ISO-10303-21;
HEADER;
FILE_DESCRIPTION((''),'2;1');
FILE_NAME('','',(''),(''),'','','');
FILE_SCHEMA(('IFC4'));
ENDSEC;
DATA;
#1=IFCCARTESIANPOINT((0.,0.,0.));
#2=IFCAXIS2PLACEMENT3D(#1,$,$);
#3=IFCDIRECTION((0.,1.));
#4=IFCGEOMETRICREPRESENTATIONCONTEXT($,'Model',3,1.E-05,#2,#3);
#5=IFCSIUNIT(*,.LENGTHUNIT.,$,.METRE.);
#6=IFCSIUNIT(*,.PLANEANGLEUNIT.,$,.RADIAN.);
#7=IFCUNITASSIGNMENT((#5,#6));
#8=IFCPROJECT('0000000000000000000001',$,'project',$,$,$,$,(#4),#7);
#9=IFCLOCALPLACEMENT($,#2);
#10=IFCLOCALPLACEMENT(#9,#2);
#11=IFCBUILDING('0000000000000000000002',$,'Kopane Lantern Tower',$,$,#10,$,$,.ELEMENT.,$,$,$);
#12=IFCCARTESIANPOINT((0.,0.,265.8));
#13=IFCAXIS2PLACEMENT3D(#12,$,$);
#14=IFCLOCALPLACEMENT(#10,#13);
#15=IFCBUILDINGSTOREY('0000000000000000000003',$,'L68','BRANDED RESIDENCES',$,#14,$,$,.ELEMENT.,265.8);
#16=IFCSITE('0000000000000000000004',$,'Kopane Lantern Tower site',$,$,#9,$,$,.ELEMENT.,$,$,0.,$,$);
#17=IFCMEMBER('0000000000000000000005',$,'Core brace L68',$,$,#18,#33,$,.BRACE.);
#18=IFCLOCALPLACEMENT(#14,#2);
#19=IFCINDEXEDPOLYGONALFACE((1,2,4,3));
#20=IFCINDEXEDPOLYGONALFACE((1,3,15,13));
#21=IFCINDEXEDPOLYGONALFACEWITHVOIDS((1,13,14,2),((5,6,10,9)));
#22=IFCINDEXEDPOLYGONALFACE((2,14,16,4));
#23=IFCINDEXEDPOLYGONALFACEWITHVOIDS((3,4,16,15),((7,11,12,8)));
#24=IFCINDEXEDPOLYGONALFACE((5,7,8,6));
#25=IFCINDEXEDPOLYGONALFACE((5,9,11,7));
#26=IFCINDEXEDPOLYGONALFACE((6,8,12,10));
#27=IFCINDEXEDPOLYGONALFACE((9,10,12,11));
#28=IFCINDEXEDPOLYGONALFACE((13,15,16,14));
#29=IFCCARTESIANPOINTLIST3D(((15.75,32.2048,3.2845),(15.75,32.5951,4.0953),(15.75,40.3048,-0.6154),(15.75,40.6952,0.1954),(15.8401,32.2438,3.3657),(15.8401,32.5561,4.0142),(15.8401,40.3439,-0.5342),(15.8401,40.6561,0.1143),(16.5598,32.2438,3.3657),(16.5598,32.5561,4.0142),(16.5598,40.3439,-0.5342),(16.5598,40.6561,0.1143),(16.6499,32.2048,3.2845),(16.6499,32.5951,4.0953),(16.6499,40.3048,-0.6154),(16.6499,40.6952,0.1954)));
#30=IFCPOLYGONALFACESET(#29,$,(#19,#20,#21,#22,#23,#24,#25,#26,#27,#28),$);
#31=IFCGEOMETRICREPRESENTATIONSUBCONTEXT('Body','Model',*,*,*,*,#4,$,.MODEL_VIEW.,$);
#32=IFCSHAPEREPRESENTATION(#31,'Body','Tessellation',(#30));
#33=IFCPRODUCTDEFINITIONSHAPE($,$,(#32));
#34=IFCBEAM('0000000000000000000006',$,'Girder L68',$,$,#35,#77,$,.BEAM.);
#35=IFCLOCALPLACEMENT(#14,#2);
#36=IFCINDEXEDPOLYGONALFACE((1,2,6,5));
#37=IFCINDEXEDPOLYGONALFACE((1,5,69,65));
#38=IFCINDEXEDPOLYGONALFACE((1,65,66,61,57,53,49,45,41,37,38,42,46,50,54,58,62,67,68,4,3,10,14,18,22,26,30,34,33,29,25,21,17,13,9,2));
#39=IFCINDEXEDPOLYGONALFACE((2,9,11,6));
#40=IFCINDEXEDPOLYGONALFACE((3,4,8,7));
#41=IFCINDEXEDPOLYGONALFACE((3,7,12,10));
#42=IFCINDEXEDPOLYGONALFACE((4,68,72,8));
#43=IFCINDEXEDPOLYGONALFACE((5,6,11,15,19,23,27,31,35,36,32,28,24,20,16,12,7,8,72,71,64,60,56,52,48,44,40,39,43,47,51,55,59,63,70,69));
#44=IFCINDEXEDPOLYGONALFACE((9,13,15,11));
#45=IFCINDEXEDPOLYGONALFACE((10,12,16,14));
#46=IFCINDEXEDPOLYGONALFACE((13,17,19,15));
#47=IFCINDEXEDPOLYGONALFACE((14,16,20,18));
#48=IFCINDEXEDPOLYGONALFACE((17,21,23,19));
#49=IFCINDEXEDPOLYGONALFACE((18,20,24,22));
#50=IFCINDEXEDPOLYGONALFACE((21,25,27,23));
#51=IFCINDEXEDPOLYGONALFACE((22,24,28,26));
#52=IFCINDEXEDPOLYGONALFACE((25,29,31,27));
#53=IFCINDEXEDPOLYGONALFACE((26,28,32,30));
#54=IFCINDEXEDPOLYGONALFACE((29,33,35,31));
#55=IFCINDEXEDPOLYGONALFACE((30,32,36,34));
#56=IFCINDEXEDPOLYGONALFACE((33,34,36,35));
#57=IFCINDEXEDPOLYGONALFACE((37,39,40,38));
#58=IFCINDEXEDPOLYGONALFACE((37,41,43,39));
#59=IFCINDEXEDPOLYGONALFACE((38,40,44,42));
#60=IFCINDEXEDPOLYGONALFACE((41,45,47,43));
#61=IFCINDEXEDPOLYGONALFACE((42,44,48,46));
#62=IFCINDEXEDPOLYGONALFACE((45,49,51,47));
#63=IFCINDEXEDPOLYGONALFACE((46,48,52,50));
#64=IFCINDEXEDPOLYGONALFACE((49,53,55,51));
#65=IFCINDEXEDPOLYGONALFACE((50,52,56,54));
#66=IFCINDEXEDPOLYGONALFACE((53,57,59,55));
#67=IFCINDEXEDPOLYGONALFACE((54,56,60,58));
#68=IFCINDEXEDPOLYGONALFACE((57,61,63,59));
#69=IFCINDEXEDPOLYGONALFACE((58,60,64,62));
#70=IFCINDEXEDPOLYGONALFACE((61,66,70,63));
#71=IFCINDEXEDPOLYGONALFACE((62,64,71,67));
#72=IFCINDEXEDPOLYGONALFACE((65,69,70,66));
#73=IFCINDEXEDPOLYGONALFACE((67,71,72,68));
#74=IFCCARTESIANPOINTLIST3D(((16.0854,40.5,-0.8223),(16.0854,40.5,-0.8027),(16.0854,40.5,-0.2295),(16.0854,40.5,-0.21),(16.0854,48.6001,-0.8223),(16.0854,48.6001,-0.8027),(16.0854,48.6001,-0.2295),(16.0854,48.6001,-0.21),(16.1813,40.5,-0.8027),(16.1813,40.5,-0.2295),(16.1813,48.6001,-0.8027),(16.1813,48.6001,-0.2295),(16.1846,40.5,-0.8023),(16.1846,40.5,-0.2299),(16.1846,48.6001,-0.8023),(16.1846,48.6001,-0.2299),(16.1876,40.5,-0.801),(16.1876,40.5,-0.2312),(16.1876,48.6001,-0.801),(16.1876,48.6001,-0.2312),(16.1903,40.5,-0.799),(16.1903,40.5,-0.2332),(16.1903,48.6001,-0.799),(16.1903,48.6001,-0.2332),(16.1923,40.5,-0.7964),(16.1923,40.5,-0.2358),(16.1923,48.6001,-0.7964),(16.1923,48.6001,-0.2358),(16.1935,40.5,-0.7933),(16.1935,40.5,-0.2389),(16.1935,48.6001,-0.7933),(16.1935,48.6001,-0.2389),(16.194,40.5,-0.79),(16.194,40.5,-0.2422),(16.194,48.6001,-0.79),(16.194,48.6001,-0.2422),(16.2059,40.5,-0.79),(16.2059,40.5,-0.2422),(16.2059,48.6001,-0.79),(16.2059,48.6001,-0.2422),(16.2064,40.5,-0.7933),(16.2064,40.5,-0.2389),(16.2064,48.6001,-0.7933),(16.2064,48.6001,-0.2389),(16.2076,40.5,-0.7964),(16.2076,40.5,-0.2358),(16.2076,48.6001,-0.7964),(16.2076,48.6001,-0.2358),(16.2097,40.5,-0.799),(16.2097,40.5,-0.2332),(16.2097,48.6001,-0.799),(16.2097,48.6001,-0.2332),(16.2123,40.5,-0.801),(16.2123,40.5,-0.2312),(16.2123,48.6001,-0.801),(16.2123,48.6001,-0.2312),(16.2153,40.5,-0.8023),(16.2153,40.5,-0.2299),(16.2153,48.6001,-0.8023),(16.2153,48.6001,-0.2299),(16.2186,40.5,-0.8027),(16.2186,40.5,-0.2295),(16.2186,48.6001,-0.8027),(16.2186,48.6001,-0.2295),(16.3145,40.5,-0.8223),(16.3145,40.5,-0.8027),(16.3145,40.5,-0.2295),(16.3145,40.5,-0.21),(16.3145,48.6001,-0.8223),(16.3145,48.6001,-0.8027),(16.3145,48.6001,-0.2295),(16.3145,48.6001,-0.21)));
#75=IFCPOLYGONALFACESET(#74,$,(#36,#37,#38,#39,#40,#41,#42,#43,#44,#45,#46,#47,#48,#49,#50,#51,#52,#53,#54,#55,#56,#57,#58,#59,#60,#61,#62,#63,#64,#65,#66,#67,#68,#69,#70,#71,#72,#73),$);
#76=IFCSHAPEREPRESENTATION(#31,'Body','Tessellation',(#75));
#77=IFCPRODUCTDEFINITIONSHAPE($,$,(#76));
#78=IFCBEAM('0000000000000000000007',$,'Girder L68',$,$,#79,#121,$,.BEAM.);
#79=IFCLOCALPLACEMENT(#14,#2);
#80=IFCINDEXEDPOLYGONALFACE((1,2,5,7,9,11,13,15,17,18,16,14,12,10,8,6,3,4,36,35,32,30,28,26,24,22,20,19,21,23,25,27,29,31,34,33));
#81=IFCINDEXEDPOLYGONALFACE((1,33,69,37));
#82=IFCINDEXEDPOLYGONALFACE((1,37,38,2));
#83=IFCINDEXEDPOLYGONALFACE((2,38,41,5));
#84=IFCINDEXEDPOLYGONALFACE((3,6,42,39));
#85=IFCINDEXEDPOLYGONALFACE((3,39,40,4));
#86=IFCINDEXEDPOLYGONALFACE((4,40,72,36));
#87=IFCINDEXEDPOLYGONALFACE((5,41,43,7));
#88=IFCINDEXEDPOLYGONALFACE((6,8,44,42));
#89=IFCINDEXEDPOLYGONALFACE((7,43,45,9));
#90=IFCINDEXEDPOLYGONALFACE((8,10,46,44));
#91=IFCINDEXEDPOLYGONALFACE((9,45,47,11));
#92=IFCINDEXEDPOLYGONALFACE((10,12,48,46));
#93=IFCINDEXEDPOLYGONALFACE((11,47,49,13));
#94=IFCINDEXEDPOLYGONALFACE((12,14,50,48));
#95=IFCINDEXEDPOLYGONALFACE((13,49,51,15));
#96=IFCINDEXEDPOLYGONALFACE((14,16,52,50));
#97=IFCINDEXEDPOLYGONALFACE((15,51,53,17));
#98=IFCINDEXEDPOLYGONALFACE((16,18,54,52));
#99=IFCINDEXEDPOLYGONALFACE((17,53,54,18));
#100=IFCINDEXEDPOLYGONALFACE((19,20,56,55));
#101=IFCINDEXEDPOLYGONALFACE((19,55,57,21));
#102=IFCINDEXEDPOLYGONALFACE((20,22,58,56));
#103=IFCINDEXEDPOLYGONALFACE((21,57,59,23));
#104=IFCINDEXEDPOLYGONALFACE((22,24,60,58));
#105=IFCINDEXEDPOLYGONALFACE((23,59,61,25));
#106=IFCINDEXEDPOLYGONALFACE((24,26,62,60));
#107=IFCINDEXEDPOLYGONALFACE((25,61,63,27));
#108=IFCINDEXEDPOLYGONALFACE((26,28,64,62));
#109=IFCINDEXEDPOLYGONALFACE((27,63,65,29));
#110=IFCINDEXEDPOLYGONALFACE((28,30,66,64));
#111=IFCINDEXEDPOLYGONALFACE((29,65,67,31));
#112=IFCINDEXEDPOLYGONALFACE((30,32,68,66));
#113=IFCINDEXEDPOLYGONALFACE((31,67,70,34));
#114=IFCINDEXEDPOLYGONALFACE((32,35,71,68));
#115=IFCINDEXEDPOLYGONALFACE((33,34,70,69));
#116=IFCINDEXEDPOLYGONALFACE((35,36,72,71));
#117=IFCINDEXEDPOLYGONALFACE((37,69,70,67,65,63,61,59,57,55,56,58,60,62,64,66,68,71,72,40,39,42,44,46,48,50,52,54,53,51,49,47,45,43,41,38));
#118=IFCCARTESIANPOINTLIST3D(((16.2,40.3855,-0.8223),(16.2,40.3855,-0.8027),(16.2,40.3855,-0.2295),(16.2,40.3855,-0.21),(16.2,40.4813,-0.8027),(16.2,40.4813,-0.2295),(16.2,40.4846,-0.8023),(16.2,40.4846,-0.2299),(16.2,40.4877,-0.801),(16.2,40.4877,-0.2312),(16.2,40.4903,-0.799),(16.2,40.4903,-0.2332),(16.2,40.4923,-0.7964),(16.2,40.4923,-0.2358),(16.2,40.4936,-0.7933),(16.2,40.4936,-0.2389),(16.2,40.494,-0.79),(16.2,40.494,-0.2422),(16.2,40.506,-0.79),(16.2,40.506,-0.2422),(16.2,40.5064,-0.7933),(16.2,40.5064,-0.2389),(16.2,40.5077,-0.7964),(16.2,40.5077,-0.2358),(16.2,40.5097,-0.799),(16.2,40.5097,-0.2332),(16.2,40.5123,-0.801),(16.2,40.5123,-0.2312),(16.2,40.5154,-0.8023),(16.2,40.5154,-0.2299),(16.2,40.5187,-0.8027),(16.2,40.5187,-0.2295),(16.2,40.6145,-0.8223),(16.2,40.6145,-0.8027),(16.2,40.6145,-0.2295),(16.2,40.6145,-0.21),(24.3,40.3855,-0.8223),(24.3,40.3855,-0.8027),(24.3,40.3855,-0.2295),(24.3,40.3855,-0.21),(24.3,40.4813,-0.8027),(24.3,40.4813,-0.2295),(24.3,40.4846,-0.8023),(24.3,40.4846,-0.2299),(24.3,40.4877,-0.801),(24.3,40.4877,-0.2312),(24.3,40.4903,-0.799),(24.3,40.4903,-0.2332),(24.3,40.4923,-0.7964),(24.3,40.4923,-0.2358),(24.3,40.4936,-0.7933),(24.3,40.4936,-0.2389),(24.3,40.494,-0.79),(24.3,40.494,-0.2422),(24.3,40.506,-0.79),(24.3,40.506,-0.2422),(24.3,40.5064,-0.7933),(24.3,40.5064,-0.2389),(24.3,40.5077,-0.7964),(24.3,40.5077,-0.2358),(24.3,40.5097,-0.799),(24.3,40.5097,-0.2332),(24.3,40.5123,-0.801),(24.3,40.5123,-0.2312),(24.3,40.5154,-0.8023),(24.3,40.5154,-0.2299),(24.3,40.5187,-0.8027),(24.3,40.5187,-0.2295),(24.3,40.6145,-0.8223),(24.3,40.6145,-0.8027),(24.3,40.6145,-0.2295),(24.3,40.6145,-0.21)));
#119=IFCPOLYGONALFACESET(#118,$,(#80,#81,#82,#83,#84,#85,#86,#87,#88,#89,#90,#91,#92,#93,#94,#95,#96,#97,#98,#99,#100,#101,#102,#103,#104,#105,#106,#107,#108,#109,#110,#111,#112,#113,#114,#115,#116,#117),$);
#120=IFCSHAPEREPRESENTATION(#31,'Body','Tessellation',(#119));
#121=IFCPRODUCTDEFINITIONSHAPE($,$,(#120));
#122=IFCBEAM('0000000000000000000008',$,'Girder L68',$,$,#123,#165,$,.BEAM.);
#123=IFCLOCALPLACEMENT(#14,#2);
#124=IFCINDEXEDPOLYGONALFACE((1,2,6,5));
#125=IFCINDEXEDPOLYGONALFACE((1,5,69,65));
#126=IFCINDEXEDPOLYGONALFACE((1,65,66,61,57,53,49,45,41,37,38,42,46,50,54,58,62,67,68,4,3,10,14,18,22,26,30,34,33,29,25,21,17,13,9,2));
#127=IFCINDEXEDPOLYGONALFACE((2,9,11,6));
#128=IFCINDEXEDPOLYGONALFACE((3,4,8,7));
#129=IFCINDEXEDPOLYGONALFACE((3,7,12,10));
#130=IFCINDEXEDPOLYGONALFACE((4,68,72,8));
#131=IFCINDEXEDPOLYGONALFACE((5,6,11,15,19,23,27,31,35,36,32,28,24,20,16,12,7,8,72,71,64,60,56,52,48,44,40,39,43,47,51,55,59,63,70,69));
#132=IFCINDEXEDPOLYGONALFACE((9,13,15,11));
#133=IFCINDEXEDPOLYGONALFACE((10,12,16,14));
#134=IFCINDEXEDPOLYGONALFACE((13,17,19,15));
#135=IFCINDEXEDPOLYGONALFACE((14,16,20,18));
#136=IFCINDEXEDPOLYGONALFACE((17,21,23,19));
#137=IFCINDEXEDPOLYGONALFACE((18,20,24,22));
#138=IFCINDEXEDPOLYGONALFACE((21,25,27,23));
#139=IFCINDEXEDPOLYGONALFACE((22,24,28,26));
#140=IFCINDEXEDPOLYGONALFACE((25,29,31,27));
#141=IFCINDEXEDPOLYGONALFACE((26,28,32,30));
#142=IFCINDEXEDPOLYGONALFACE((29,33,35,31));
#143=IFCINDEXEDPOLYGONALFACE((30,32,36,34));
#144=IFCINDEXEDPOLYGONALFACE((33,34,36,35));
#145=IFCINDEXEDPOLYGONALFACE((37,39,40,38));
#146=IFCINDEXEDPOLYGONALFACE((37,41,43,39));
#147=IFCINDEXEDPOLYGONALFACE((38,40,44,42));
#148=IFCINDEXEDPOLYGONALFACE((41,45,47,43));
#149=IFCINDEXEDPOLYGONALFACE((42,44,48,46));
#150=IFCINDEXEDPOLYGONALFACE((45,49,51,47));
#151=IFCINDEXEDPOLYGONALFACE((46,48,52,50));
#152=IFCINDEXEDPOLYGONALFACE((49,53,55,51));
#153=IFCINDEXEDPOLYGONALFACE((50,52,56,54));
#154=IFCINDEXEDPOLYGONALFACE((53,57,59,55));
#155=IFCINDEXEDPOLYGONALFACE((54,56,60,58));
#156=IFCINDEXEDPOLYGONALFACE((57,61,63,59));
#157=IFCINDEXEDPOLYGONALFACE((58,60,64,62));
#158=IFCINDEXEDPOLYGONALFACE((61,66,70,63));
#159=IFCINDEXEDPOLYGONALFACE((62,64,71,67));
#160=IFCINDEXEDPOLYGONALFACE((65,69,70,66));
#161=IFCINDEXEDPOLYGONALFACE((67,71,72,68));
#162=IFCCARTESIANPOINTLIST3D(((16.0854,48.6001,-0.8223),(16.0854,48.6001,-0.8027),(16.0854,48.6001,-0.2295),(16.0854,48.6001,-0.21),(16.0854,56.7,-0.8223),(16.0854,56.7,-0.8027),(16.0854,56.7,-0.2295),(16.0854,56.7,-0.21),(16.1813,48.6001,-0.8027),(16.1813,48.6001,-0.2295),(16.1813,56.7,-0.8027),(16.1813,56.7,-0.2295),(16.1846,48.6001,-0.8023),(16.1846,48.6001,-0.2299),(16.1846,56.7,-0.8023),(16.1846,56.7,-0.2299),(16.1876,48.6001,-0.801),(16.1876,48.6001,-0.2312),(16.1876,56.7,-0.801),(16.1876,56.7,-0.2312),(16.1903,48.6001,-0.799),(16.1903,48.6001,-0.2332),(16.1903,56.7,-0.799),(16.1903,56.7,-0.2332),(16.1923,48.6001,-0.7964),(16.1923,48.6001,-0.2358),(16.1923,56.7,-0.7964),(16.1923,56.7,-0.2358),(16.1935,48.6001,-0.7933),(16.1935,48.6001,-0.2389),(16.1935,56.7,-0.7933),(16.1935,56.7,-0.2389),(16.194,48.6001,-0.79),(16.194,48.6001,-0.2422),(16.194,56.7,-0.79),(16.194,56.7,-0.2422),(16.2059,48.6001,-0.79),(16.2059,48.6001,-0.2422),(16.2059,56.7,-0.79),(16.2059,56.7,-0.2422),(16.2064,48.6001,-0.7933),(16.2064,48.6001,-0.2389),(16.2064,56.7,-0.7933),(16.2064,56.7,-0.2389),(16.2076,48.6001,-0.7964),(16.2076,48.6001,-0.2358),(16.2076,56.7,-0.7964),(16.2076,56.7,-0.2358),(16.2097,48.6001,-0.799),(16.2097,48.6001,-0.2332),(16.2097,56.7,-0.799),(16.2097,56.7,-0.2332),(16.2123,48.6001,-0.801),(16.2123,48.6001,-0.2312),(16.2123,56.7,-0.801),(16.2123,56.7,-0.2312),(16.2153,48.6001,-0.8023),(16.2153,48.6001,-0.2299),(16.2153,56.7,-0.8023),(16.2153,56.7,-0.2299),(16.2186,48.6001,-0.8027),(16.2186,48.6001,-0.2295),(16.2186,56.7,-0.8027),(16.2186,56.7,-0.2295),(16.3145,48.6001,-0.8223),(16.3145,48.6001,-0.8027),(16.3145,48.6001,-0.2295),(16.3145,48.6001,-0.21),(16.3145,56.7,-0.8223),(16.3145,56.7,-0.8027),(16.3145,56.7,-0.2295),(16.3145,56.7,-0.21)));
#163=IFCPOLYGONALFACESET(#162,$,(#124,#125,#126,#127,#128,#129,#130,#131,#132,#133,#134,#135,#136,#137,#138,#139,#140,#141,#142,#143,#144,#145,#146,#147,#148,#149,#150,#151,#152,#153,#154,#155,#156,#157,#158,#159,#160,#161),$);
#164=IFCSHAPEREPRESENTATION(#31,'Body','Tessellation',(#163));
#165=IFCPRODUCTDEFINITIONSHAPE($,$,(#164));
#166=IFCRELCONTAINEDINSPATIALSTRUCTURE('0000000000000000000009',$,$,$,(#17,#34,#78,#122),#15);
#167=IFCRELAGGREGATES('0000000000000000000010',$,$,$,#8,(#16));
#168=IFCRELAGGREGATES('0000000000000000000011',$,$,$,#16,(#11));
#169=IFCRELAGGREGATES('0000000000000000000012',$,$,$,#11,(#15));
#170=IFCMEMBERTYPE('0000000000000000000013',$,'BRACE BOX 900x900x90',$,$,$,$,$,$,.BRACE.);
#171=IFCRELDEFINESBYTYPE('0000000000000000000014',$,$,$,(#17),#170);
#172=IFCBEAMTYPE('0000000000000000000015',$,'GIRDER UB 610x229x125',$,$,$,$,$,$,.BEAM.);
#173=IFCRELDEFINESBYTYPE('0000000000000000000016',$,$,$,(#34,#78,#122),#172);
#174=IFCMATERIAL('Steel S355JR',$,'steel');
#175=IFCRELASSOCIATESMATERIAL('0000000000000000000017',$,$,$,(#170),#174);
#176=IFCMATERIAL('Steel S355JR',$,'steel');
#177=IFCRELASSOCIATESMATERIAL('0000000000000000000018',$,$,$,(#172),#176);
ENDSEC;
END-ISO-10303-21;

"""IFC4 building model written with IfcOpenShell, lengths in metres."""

from ifc_helpers import new_model, si_unit, direction, frame, origin, origin_2d, place, context, subcontext, project, spatial, hollow_rectangle, i_section, extrude, material, material_profile, profile_set, type_object, element, save


model = new_model("IFC4")

# Units and contexts
model_context = context("Model", 3, precision=1e-05, world=origin(), true_north=direction((0.0, 1.0)))
body_context = subcontext(model_context, "Body", "Model", "MODEL_VIEW")
ifc_project = project(units=[si_unit("LENGTHUNIT", "METRE"), si_unit("PLANEANGLEUNIT", "RADIAN")], contexts=[model_context])

# Site, building, storey
site_placement = place(None, origin())
site = spatial("IfcSite", under=ifc_project, at=site_placement, Name="Kopane Lantern Tower site", CompositionType="ELEMENT", RefElevation=0.0)
building_placement = place(site_placement, origin())
building = spatial("IfcBuilding", under=site, at=building_placement, Name="Kopane Lantern Tower", CompositionType="ELEMENT")
storey_placement = place(building_placement, frame((0.0, 0.0, 265.8)))
storey = spatial("IfcBuildingStorey", under=building, at=storey_placement, Name="L68", Description="BRANDED RESIDENCES", CompositionType="ELEMENT", Elevation=265.8)

# Member
ifc_material_1 = material(Name="Steel S355JR", Category="steel")
ifc_material_profile_1 = material_profile(ifc_material_1, hollow_rectangle(XDim=0.8999, YDim=0.8999, WallThickness=0.0901, at=origin_2d()), Name="BOX 900x900x90")
ifc_profile_set_1 = profile_set([ifc_material_profile_1], Name="Steel S355JR")
member_type_1 = type_object("IfcMemberType", Name="BRACE BOX 900x900x90", PredefinedType="BRACE", material=ifc_profile_set_1)
member_1_placement = place(storey_placement, frame((16.2, 40.5, -0.21), z_axis=(0.0, -0.901008, 0.433803), x_axis=(1.0, 0.0, 0.0)))
element("IfcMember", 1, at=member_1_placement, inside=storey, type_object=member_type_1, Name="Core brace L68", PredefinedType="BRACE", context=body_context, shape_type="SweptSolid", body=[
    extrude(hollow_rectangle(XDim=0.8999, YDim=0.8999, WallThickness=0.0901, at=origin_2d()), origin(), (0.0, 0.0, 1.0), 8.99),
])

# Beams
ifc_material_2 = material(Name="Steel S355JR", Category="steel")
ifc_material_profile_2 = material_profile(ifc_material_2, i_section(OverallWidth=0.229, OverallDepth=0.6123, WebThickness=0.012, FlangeThickness=0.0195, FilletRadius=0.0127, at=origin_2d()), Name="UB 610x229x125")
ifc_profile_set_2 = profile_set([ifc_material_profile_2], Name="Steel S355JR")
beam_type_1 = type_object("IfcBeamType", Name="GIRDER UB 610x229x125", PredefinedType="BEAM", material=ifc_profile_set_2)
for number, where, z_axis, x_axis, name in (
    (2, (16.2, 40.5, -0.5161), (0.0, 1.0, 0.0), (-1.0, 0.0, 0.0), "Girder L68"),
    (3, (16.2, 40.5, -0.5161), (1.0, 0.0, 0.0), (0.0, 1.0, 0.0), "Girder L68"),
):
    element("IfcBeam", number, at=place(storey_placement, frame(where, z_axis=z_axis, x_axis=x_axis)), inside=storey, type_object=beam_type_1, Name=name, PredefinedType="BEAM", context=body_context, shape_type="SweptSolid", body=[
        extrude(i_section(OverallWidth=0.229, OverallDepth=0.6123, WebThickness=0.012, FlangeThickness=0.0195, FilletRadius=0.0127, at=origin_2d()), origin(), (0.0, 0.0, 1.0), 8.1001),
    ])
beam_1_placement = place(storey_placement, frame((16.2, 48.6001, -0.5161), z_axis=(0.0, 1.0, 0.0), x_axis=(-1.0, 0.0, 0.0)))
element("IfcBeam", 4, at=beam_1_placement, inside=storey, type_object=beam_type_1, Name="Girder L68", PredefinedType="BEAM", context=body_context, shape_type="SweptSolid", body=[
    extrude(i_section(OverallWidth=0.229, OverallDepth=0.6123, WebThickness=0.012, FlangeThickness=0.0195, FilletRadius=0.0127, at=origin_2d()), origin(), (0.0, 0.0, 1.0), 8.0999),
])

save(model, "model.ifc")
